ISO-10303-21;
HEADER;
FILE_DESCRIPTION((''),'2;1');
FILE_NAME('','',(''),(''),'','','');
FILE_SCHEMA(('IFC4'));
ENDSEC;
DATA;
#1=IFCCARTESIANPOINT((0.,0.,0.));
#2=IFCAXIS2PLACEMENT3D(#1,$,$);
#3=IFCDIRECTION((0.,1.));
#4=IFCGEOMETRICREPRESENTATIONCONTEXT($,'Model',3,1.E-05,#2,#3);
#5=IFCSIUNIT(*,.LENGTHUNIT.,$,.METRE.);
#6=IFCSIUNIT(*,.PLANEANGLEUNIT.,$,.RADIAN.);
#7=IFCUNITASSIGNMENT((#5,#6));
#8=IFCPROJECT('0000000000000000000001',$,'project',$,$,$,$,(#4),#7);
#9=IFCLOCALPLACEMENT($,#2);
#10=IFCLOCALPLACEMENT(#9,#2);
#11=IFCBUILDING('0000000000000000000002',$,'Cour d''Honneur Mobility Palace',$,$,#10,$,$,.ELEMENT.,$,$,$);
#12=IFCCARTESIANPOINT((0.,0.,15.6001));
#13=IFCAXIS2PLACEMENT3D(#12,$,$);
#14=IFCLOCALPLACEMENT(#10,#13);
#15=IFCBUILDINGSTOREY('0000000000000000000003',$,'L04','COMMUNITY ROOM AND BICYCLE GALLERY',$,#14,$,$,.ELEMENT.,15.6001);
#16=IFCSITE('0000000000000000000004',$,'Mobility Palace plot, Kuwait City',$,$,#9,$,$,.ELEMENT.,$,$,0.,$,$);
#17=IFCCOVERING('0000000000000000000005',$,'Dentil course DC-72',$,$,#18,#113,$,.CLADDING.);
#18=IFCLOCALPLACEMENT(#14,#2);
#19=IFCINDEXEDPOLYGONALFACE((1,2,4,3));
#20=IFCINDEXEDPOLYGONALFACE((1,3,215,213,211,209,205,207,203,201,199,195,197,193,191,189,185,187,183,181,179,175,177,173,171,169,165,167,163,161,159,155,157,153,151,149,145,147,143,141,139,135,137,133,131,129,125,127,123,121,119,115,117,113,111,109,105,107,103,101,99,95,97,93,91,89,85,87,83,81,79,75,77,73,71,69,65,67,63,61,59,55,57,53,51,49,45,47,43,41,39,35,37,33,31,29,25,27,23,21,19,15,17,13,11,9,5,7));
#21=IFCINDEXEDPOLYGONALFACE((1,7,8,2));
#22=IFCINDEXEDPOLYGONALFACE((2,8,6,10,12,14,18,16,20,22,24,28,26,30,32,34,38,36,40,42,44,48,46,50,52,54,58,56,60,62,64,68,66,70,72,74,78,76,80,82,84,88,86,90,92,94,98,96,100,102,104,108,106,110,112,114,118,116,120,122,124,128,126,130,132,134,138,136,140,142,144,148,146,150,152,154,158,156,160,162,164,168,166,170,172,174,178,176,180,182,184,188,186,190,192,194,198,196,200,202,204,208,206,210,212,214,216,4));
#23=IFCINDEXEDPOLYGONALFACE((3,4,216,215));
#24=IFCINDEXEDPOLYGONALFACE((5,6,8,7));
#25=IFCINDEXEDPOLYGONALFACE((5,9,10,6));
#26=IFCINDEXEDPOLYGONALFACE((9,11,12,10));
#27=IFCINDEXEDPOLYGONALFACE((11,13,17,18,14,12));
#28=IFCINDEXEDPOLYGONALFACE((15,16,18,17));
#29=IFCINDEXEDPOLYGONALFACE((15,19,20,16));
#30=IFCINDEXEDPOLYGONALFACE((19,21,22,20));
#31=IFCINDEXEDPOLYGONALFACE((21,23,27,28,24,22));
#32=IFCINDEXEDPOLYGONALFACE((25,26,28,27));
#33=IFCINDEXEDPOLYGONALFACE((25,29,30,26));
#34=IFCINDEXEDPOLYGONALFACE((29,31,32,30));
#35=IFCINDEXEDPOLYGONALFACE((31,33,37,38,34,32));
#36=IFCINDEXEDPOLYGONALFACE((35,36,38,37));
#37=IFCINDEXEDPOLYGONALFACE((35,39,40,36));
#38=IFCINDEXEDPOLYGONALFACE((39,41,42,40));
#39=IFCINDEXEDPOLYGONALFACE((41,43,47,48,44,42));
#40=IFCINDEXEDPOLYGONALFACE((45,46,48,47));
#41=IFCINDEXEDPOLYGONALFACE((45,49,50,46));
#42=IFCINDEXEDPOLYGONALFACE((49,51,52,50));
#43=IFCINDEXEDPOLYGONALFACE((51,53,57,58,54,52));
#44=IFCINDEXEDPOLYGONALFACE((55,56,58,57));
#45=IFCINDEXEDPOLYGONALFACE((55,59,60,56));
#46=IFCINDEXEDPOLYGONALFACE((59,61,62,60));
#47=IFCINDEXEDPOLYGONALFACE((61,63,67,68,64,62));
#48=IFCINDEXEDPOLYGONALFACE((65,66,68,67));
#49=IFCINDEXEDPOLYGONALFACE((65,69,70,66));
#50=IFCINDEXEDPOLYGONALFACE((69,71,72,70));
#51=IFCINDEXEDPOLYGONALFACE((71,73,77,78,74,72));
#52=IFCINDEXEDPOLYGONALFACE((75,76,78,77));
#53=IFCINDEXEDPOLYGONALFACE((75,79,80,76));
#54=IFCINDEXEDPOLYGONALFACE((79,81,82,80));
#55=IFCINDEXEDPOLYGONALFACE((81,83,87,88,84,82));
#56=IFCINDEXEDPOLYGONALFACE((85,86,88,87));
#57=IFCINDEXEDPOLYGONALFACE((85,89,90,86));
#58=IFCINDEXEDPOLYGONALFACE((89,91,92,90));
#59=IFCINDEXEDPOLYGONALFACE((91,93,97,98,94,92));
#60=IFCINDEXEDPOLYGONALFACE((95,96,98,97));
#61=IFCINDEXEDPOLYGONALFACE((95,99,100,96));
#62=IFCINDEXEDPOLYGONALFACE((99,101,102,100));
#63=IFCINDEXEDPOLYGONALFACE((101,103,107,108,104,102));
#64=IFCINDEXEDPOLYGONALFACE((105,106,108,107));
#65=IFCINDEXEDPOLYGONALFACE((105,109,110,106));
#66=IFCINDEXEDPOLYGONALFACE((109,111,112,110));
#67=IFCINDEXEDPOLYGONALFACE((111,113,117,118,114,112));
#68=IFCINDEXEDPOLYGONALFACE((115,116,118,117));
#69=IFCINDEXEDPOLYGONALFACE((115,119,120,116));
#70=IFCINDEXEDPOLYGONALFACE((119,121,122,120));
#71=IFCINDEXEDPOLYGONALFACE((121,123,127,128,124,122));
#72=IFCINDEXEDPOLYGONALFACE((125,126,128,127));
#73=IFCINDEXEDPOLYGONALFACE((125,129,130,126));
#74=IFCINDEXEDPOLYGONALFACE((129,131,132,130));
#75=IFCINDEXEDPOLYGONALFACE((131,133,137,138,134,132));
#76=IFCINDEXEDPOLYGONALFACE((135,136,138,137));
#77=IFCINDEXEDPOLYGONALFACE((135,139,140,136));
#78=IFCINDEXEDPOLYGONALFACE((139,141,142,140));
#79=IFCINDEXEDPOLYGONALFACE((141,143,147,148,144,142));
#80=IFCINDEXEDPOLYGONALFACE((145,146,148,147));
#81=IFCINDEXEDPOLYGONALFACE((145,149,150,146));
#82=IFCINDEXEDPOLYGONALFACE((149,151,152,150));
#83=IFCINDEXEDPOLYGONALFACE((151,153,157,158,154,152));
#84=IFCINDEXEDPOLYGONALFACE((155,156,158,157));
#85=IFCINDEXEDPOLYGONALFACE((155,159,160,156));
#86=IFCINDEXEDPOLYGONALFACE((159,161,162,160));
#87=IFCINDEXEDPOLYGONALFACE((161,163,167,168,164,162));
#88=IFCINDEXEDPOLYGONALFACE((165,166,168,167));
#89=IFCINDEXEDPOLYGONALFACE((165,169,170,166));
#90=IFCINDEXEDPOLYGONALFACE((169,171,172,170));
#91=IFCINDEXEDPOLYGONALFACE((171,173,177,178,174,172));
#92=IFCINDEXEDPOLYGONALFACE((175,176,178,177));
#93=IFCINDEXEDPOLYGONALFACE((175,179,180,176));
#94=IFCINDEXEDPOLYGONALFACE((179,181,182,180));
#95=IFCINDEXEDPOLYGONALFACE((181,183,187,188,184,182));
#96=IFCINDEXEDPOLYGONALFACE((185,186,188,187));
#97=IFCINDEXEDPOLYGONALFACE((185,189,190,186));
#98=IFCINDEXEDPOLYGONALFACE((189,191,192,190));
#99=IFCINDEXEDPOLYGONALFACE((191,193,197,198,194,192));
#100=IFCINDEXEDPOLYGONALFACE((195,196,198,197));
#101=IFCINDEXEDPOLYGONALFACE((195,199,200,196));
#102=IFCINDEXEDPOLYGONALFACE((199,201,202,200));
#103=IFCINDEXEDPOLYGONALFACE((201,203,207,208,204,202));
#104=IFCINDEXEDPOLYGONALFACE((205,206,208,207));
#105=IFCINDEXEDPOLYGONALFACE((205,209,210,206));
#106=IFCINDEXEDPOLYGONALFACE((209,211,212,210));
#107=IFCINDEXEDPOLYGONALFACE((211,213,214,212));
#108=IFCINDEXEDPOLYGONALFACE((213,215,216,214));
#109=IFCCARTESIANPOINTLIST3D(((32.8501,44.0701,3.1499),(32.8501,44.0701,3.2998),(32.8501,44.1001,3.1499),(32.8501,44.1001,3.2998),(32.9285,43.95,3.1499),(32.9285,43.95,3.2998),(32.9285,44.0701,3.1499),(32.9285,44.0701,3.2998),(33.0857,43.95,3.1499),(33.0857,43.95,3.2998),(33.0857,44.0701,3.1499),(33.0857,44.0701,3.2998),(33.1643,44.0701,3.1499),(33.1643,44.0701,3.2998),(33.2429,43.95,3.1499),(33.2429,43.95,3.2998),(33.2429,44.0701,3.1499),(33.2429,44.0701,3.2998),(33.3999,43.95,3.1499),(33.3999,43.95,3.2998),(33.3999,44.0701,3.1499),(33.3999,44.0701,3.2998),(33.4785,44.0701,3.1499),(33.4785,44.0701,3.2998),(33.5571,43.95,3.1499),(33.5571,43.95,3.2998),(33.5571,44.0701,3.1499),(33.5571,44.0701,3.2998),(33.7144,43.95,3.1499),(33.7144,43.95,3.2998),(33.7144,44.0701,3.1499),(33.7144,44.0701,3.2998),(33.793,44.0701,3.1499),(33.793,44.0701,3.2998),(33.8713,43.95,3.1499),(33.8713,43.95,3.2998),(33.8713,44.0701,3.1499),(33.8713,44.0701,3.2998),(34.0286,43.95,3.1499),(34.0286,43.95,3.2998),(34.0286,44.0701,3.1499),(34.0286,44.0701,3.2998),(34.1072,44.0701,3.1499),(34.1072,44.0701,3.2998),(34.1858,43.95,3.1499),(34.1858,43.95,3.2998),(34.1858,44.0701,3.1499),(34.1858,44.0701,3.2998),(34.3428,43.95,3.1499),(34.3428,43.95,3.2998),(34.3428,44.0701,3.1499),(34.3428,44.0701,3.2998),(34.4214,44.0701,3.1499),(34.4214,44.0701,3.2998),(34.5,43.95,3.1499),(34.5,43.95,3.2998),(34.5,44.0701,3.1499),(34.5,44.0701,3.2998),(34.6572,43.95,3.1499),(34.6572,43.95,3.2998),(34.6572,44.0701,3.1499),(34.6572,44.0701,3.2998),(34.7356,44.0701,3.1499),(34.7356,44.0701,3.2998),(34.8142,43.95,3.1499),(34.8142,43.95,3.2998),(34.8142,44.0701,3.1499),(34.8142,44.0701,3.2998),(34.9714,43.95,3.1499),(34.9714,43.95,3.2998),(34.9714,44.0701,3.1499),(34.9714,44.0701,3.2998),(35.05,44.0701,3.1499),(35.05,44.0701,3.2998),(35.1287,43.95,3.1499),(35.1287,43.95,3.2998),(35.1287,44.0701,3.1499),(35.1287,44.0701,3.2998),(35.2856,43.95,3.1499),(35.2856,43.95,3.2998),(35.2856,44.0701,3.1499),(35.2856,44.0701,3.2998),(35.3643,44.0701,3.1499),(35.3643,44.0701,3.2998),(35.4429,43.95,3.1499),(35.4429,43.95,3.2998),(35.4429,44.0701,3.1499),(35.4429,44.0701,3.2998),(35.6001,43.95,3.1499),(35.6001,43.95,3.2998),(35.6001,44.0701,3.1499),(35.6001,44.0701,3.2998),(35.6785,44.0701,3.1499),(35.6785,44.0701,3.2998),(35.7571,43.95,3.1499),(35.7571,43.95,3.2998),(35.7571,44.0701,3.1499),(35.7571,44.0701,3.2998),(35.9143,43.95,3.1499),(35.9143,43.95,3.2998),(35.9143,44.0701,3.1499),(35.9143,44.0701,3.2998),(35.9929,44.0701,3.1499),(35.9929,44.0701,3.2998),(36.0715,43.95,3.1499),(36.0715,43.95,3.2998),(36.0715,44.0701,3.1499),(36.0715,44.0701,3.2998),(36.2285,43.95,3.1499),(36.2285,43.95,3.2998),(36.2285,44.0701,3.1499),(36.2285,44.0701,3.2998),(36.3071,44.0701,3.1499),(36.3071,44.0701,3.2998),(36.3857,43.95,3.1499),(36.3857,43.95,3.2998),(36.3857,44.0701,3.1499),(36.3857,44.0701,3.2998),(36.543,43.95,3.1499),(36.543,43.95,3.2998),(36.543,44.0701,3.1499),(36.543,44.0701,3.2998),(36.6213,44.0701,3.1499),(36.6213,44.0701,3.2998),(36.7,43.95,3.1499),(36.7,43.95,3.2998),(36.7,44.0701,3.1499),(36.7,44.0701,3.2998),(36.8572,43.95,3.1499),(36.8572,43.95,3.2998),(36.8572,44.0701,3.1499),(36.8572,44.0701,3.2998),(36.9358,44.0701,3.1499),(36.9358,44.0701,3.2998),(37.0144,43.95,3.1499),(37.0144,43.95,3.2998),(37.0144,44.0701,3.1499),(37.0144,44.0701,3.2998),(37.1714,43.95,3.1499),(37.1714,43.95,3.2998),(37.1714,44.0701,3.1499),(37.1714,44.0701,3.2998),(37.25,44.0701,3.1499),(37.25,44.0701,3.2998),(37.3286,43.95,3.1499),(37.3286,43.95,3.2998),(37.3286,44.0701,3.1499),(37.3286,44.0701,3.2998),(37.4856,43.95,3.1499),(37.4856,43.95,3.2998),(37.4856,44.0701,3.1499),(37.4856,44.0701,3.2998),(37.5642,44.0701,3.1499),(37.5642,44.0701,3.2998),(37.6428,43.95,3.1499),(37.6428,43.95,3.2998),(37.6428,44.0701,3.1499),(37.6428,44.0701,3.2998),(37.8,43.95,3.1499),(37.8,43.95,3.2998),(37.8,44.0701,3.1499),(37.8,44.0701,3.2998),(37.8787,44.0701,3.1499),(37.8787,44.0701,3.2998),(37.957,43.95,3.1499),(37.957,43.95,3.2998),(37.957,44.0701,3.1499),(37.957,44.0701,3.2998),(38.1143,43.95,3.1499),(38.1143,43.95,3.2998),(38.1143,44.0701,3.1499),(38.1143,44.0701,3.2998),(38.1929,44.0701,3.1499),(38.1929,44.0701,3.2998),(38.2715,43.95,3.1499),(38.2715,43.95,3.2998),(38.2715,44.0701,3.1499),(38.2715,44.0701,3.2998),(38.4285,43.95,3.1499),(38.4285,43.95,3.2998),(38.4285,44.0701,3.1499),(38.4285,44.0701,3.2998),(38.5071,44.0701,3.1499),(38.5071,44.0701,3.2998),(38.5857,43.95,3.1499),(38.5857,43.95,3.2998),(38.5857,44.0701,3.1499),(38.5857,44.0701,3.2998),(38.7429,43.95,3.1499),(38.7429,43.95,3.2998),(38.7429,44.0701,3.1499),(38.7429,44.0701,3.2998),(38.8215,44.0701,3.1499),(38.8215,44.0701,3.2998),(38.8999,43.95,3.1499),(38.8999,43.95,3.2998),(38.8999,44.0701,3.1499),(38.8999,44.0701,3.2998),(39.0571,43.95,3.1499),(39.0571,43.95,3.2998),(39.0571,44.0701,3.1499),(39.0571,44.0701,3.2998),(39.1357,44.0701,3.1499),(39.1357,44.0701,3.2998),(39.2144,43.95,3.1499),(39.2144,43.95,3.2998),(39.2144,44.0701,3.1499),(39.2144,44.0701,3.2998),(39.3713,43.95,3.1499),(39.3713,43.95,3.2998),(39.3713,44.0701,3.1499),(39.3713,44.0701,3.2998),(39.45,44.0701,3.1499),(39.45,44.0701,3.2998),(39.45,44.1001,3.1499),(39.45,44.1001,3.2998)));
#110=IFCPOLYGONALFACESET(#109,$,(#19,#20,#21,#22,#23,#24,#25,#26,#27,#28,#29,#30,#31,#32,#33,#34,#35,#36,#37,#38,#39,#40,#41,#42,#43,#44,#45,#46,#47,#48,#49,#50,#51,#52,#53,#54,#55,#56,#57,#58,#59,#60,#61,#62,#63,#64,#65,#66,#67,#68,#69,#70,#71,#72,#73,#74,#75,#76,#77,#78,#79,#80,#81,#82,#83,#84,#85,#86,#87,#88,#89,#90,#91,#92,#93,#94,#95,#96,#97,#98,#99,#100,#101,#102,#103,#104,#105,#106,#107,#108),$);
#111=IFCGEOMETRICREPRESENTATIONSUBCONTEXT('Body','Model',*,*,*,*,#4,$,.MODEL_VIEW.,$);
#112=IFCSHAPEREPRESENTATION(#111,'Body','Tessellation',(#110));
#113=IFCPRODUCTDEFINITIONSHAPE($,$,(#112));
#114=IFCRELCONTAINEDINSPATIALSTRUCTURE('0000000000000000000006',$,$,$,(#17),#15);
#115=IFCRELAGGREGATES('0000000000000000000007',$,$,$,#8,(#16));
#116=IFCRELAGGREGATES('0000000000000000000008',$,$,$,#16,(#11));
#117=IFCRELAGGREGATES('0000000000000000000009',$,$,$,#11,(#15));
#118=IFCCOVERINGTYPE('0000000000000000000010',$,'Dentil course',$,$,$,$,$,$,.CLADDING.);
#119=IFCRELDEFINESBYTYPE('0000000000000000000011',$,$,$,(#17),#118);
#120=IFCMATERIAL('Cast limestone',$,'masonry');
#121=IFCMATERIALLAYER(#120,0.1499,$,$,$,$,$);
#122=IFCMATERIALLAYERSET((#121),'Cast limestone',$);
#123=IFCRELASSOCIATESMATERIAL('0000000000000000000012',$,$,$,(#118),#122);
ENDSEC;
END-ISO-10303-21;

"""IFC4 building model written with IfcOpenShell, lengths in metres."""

from ifc_helpers import new_model, si_unit, direction, frame, origin, place, context, subcontext, project, spatial, polyline, outline, extrude, material, layer, layer_set, type_object, element, save


model = new_model("IFC4")

# Units and contexts
model_context = context("Model", 3, precision=1e-05, world=origin(), true_north=direction((0.0, 1.0)))
body_context = subcontext(model_context, "Body", "Model", "MODEL_VIEW")
ifc_project = project(units=[si_unit("LENGTHUNIT", "METRE"), si_unit("PLANEANGLEUNIT", "RADIAN")], contexts=[model_context])

# Site, building, storey
site_placement = place(None, origin())
site = spatial("IfcSite", under=ifc_project, at=site_placement, Name="Mobility Palace plot, Kuwait City", CompositionType="ELEMENT", RefElevation=0.0)
building_placement = place(site_placement, origin())
building = spatial("IfcBuilding", under=site, at=building_placement, Name="Cour d'Honneur Mobility Palace", CompositionType="ELEMENT")
storey_placement = place(building_placement, frame((0.0, 0.0, 15.6001)))
storey = spatial("IfcBuildingStorey", under=building, at=storey_placement, Name="L04", Description="COMMUNITY ROOM AND BICYCLE GALLERY", CompositionType="ELEMENT", Elevation=15.6001)

# Covering
ifc_material_1 = material(Name="Cast limestone", Category="masonry")
ifc_layer_1 = layer(ifc_material_1, 0.1499)
ifc_layer_set_1 = layer_set([ifc_layer_1], Name="Cast limestone")
covering_type_1 = type_object("IfcCoveringType", Name="Dentil course", PredefinedType="CLADDING", material=ifc_layer_set_1)
covering_1_placement = place(storey_placement, frame((0.0, 0.0, 3.1499)))
element("IfcCovering", 1, at=covering_1_placement, inside=storey, type_object=covering_type_1, Name="Dentil course DC-72", PredefinedType="CLADDING", context=body_context, shape_type="SweptSolid", body=[
    extrude(outline(polyline([(32.8501, 44.1001), (39.45, 44.1001), (39.45, 44.0701), (39.45, 44.0701), (39.3713, 44.0701), (39.3713, 43.95), (39.2144, 43.95), (39.2144, 44.0701), (39.1357, 44.0701), (39.1357, 44.0701), (39.0571, 44.0701), (39.0571, 43.95), (38.8999, 43.95), (38.8999, 44.0701), (38.8215, 44.0701), (38.8215, 44.0701), (38.7429, 44.0701), (38.7429, 43.95), (38.5857, 43.95), (38.5857, 44.0701), (38.5071, 44.0701), (38.5071, 44.0701), (38.4285, 44.0701), (38.4285, 43.95), (38.2715, 43.95), (38.2715, 44.0701), (38.1929, 44.0701), (38.1929, 44.0701), (38.1143, 44.0701), (38.1143, 43.95), (37.957, 43.95), (37.957, 44.0701), (37.8787, 44.0701), (37.8787, 44.0701), (37.8, 44.0701), (37.8, 43.95), (37.6428, 43.95), (37.6428, 44.0701), (37.5642, 44.0701), (37.5642, 44.0701), (37.4856, 44.0701), (37.4856, 43.95), (37.3286, 43.95), (37.3286, 44.0701), (37.25, 44.0701), (37.25, 44.0701), (37.1714, 44.0701), (37.1714, 43.95), (37.0144, 43.95), (37.0144, 44.0701), (36.9358, 44.0701), (36.9358, 44.0701), (36.8572, 44.0701), (36.8572, 43.95), (36.7, 43.95), (36.7, 44.0701), (36.6213, 44.0701), (36.6213, 44.0701), (36.543, 44.0701), (36.543, 43.95), (36.3857, 43.95), (36.3857, 44.0701), (36.3071, 44.0701), (36.3071, 44.0701), (36.2285, 44.0701), (36.2285, 43.95), (36.0715, 43.95), (36.0715, 44.0701), (35.9929, 44.0701), (35.9929, 44.0701), (35.9143, 44.0701), (35.9143, 43.95), (35.7571, 43.95), (35.7571, 44.0701), (35.6785, 44.0701), (35.6785, 44.0701), (35.6001, 44.0701), (35.6001, 43.95), (35.4429, 43.95), (35.4429, 44.0701), (35.3643, 44.0701), (35.3643, 44.0701), (35.2856, 44.0701), (35.2856, 43.95), (35.1287, 43.95), (35.1287, 44.0701), (35.05, 44.0701), (35.05, 44.0701), (34.9714, 44.0701), (34.9714, 43.95), (34.8142, 43.95), (34.8142, 44.0701), (34.7356, 44.0701), (34.7356, 44.0701), (34.6572, 44.0701), (34.6572, 43.95), (34.5, 43.95), (34.5, 44.0701), (34.4214, 44.0701), (34.4214, 44.0701), (34.3428, 44.0701), (34.3428, 43.95), (34.1858, 43.95), (34.1858, 44.0701), (34.1072, 44.0701), (34.1072, 44.0701), (34.0286, 44.0701), (34.0286, 43.95), (33.8713, 43.95), (33.8713, 44.0701), (33.793, 44.0701), (33.793, 44.0701), (33.7144, 44.0701), (33.7144, 43.95), (33.5571, 43.95), (33.5571, 44.0701), (33.4785, 44.0701), (33.4785, 44.0701), (33.3999, 44.0701), (33.3999, 43.95), (33.2429, 43.95), (33.2429, 44.0701), (33.1643, 44.0701), (33.1643, 44.0701), (33.0857, 44.0701), (33.0857, 43.95), (32.9285, 43.95), (32.9285, 44.0701), (32.8501, 44.0701), (32.8501, 44.1001)])), origin(), (0.0, 0.0, 1.0), 0.1499),
])

save(model, "model.ifc")
